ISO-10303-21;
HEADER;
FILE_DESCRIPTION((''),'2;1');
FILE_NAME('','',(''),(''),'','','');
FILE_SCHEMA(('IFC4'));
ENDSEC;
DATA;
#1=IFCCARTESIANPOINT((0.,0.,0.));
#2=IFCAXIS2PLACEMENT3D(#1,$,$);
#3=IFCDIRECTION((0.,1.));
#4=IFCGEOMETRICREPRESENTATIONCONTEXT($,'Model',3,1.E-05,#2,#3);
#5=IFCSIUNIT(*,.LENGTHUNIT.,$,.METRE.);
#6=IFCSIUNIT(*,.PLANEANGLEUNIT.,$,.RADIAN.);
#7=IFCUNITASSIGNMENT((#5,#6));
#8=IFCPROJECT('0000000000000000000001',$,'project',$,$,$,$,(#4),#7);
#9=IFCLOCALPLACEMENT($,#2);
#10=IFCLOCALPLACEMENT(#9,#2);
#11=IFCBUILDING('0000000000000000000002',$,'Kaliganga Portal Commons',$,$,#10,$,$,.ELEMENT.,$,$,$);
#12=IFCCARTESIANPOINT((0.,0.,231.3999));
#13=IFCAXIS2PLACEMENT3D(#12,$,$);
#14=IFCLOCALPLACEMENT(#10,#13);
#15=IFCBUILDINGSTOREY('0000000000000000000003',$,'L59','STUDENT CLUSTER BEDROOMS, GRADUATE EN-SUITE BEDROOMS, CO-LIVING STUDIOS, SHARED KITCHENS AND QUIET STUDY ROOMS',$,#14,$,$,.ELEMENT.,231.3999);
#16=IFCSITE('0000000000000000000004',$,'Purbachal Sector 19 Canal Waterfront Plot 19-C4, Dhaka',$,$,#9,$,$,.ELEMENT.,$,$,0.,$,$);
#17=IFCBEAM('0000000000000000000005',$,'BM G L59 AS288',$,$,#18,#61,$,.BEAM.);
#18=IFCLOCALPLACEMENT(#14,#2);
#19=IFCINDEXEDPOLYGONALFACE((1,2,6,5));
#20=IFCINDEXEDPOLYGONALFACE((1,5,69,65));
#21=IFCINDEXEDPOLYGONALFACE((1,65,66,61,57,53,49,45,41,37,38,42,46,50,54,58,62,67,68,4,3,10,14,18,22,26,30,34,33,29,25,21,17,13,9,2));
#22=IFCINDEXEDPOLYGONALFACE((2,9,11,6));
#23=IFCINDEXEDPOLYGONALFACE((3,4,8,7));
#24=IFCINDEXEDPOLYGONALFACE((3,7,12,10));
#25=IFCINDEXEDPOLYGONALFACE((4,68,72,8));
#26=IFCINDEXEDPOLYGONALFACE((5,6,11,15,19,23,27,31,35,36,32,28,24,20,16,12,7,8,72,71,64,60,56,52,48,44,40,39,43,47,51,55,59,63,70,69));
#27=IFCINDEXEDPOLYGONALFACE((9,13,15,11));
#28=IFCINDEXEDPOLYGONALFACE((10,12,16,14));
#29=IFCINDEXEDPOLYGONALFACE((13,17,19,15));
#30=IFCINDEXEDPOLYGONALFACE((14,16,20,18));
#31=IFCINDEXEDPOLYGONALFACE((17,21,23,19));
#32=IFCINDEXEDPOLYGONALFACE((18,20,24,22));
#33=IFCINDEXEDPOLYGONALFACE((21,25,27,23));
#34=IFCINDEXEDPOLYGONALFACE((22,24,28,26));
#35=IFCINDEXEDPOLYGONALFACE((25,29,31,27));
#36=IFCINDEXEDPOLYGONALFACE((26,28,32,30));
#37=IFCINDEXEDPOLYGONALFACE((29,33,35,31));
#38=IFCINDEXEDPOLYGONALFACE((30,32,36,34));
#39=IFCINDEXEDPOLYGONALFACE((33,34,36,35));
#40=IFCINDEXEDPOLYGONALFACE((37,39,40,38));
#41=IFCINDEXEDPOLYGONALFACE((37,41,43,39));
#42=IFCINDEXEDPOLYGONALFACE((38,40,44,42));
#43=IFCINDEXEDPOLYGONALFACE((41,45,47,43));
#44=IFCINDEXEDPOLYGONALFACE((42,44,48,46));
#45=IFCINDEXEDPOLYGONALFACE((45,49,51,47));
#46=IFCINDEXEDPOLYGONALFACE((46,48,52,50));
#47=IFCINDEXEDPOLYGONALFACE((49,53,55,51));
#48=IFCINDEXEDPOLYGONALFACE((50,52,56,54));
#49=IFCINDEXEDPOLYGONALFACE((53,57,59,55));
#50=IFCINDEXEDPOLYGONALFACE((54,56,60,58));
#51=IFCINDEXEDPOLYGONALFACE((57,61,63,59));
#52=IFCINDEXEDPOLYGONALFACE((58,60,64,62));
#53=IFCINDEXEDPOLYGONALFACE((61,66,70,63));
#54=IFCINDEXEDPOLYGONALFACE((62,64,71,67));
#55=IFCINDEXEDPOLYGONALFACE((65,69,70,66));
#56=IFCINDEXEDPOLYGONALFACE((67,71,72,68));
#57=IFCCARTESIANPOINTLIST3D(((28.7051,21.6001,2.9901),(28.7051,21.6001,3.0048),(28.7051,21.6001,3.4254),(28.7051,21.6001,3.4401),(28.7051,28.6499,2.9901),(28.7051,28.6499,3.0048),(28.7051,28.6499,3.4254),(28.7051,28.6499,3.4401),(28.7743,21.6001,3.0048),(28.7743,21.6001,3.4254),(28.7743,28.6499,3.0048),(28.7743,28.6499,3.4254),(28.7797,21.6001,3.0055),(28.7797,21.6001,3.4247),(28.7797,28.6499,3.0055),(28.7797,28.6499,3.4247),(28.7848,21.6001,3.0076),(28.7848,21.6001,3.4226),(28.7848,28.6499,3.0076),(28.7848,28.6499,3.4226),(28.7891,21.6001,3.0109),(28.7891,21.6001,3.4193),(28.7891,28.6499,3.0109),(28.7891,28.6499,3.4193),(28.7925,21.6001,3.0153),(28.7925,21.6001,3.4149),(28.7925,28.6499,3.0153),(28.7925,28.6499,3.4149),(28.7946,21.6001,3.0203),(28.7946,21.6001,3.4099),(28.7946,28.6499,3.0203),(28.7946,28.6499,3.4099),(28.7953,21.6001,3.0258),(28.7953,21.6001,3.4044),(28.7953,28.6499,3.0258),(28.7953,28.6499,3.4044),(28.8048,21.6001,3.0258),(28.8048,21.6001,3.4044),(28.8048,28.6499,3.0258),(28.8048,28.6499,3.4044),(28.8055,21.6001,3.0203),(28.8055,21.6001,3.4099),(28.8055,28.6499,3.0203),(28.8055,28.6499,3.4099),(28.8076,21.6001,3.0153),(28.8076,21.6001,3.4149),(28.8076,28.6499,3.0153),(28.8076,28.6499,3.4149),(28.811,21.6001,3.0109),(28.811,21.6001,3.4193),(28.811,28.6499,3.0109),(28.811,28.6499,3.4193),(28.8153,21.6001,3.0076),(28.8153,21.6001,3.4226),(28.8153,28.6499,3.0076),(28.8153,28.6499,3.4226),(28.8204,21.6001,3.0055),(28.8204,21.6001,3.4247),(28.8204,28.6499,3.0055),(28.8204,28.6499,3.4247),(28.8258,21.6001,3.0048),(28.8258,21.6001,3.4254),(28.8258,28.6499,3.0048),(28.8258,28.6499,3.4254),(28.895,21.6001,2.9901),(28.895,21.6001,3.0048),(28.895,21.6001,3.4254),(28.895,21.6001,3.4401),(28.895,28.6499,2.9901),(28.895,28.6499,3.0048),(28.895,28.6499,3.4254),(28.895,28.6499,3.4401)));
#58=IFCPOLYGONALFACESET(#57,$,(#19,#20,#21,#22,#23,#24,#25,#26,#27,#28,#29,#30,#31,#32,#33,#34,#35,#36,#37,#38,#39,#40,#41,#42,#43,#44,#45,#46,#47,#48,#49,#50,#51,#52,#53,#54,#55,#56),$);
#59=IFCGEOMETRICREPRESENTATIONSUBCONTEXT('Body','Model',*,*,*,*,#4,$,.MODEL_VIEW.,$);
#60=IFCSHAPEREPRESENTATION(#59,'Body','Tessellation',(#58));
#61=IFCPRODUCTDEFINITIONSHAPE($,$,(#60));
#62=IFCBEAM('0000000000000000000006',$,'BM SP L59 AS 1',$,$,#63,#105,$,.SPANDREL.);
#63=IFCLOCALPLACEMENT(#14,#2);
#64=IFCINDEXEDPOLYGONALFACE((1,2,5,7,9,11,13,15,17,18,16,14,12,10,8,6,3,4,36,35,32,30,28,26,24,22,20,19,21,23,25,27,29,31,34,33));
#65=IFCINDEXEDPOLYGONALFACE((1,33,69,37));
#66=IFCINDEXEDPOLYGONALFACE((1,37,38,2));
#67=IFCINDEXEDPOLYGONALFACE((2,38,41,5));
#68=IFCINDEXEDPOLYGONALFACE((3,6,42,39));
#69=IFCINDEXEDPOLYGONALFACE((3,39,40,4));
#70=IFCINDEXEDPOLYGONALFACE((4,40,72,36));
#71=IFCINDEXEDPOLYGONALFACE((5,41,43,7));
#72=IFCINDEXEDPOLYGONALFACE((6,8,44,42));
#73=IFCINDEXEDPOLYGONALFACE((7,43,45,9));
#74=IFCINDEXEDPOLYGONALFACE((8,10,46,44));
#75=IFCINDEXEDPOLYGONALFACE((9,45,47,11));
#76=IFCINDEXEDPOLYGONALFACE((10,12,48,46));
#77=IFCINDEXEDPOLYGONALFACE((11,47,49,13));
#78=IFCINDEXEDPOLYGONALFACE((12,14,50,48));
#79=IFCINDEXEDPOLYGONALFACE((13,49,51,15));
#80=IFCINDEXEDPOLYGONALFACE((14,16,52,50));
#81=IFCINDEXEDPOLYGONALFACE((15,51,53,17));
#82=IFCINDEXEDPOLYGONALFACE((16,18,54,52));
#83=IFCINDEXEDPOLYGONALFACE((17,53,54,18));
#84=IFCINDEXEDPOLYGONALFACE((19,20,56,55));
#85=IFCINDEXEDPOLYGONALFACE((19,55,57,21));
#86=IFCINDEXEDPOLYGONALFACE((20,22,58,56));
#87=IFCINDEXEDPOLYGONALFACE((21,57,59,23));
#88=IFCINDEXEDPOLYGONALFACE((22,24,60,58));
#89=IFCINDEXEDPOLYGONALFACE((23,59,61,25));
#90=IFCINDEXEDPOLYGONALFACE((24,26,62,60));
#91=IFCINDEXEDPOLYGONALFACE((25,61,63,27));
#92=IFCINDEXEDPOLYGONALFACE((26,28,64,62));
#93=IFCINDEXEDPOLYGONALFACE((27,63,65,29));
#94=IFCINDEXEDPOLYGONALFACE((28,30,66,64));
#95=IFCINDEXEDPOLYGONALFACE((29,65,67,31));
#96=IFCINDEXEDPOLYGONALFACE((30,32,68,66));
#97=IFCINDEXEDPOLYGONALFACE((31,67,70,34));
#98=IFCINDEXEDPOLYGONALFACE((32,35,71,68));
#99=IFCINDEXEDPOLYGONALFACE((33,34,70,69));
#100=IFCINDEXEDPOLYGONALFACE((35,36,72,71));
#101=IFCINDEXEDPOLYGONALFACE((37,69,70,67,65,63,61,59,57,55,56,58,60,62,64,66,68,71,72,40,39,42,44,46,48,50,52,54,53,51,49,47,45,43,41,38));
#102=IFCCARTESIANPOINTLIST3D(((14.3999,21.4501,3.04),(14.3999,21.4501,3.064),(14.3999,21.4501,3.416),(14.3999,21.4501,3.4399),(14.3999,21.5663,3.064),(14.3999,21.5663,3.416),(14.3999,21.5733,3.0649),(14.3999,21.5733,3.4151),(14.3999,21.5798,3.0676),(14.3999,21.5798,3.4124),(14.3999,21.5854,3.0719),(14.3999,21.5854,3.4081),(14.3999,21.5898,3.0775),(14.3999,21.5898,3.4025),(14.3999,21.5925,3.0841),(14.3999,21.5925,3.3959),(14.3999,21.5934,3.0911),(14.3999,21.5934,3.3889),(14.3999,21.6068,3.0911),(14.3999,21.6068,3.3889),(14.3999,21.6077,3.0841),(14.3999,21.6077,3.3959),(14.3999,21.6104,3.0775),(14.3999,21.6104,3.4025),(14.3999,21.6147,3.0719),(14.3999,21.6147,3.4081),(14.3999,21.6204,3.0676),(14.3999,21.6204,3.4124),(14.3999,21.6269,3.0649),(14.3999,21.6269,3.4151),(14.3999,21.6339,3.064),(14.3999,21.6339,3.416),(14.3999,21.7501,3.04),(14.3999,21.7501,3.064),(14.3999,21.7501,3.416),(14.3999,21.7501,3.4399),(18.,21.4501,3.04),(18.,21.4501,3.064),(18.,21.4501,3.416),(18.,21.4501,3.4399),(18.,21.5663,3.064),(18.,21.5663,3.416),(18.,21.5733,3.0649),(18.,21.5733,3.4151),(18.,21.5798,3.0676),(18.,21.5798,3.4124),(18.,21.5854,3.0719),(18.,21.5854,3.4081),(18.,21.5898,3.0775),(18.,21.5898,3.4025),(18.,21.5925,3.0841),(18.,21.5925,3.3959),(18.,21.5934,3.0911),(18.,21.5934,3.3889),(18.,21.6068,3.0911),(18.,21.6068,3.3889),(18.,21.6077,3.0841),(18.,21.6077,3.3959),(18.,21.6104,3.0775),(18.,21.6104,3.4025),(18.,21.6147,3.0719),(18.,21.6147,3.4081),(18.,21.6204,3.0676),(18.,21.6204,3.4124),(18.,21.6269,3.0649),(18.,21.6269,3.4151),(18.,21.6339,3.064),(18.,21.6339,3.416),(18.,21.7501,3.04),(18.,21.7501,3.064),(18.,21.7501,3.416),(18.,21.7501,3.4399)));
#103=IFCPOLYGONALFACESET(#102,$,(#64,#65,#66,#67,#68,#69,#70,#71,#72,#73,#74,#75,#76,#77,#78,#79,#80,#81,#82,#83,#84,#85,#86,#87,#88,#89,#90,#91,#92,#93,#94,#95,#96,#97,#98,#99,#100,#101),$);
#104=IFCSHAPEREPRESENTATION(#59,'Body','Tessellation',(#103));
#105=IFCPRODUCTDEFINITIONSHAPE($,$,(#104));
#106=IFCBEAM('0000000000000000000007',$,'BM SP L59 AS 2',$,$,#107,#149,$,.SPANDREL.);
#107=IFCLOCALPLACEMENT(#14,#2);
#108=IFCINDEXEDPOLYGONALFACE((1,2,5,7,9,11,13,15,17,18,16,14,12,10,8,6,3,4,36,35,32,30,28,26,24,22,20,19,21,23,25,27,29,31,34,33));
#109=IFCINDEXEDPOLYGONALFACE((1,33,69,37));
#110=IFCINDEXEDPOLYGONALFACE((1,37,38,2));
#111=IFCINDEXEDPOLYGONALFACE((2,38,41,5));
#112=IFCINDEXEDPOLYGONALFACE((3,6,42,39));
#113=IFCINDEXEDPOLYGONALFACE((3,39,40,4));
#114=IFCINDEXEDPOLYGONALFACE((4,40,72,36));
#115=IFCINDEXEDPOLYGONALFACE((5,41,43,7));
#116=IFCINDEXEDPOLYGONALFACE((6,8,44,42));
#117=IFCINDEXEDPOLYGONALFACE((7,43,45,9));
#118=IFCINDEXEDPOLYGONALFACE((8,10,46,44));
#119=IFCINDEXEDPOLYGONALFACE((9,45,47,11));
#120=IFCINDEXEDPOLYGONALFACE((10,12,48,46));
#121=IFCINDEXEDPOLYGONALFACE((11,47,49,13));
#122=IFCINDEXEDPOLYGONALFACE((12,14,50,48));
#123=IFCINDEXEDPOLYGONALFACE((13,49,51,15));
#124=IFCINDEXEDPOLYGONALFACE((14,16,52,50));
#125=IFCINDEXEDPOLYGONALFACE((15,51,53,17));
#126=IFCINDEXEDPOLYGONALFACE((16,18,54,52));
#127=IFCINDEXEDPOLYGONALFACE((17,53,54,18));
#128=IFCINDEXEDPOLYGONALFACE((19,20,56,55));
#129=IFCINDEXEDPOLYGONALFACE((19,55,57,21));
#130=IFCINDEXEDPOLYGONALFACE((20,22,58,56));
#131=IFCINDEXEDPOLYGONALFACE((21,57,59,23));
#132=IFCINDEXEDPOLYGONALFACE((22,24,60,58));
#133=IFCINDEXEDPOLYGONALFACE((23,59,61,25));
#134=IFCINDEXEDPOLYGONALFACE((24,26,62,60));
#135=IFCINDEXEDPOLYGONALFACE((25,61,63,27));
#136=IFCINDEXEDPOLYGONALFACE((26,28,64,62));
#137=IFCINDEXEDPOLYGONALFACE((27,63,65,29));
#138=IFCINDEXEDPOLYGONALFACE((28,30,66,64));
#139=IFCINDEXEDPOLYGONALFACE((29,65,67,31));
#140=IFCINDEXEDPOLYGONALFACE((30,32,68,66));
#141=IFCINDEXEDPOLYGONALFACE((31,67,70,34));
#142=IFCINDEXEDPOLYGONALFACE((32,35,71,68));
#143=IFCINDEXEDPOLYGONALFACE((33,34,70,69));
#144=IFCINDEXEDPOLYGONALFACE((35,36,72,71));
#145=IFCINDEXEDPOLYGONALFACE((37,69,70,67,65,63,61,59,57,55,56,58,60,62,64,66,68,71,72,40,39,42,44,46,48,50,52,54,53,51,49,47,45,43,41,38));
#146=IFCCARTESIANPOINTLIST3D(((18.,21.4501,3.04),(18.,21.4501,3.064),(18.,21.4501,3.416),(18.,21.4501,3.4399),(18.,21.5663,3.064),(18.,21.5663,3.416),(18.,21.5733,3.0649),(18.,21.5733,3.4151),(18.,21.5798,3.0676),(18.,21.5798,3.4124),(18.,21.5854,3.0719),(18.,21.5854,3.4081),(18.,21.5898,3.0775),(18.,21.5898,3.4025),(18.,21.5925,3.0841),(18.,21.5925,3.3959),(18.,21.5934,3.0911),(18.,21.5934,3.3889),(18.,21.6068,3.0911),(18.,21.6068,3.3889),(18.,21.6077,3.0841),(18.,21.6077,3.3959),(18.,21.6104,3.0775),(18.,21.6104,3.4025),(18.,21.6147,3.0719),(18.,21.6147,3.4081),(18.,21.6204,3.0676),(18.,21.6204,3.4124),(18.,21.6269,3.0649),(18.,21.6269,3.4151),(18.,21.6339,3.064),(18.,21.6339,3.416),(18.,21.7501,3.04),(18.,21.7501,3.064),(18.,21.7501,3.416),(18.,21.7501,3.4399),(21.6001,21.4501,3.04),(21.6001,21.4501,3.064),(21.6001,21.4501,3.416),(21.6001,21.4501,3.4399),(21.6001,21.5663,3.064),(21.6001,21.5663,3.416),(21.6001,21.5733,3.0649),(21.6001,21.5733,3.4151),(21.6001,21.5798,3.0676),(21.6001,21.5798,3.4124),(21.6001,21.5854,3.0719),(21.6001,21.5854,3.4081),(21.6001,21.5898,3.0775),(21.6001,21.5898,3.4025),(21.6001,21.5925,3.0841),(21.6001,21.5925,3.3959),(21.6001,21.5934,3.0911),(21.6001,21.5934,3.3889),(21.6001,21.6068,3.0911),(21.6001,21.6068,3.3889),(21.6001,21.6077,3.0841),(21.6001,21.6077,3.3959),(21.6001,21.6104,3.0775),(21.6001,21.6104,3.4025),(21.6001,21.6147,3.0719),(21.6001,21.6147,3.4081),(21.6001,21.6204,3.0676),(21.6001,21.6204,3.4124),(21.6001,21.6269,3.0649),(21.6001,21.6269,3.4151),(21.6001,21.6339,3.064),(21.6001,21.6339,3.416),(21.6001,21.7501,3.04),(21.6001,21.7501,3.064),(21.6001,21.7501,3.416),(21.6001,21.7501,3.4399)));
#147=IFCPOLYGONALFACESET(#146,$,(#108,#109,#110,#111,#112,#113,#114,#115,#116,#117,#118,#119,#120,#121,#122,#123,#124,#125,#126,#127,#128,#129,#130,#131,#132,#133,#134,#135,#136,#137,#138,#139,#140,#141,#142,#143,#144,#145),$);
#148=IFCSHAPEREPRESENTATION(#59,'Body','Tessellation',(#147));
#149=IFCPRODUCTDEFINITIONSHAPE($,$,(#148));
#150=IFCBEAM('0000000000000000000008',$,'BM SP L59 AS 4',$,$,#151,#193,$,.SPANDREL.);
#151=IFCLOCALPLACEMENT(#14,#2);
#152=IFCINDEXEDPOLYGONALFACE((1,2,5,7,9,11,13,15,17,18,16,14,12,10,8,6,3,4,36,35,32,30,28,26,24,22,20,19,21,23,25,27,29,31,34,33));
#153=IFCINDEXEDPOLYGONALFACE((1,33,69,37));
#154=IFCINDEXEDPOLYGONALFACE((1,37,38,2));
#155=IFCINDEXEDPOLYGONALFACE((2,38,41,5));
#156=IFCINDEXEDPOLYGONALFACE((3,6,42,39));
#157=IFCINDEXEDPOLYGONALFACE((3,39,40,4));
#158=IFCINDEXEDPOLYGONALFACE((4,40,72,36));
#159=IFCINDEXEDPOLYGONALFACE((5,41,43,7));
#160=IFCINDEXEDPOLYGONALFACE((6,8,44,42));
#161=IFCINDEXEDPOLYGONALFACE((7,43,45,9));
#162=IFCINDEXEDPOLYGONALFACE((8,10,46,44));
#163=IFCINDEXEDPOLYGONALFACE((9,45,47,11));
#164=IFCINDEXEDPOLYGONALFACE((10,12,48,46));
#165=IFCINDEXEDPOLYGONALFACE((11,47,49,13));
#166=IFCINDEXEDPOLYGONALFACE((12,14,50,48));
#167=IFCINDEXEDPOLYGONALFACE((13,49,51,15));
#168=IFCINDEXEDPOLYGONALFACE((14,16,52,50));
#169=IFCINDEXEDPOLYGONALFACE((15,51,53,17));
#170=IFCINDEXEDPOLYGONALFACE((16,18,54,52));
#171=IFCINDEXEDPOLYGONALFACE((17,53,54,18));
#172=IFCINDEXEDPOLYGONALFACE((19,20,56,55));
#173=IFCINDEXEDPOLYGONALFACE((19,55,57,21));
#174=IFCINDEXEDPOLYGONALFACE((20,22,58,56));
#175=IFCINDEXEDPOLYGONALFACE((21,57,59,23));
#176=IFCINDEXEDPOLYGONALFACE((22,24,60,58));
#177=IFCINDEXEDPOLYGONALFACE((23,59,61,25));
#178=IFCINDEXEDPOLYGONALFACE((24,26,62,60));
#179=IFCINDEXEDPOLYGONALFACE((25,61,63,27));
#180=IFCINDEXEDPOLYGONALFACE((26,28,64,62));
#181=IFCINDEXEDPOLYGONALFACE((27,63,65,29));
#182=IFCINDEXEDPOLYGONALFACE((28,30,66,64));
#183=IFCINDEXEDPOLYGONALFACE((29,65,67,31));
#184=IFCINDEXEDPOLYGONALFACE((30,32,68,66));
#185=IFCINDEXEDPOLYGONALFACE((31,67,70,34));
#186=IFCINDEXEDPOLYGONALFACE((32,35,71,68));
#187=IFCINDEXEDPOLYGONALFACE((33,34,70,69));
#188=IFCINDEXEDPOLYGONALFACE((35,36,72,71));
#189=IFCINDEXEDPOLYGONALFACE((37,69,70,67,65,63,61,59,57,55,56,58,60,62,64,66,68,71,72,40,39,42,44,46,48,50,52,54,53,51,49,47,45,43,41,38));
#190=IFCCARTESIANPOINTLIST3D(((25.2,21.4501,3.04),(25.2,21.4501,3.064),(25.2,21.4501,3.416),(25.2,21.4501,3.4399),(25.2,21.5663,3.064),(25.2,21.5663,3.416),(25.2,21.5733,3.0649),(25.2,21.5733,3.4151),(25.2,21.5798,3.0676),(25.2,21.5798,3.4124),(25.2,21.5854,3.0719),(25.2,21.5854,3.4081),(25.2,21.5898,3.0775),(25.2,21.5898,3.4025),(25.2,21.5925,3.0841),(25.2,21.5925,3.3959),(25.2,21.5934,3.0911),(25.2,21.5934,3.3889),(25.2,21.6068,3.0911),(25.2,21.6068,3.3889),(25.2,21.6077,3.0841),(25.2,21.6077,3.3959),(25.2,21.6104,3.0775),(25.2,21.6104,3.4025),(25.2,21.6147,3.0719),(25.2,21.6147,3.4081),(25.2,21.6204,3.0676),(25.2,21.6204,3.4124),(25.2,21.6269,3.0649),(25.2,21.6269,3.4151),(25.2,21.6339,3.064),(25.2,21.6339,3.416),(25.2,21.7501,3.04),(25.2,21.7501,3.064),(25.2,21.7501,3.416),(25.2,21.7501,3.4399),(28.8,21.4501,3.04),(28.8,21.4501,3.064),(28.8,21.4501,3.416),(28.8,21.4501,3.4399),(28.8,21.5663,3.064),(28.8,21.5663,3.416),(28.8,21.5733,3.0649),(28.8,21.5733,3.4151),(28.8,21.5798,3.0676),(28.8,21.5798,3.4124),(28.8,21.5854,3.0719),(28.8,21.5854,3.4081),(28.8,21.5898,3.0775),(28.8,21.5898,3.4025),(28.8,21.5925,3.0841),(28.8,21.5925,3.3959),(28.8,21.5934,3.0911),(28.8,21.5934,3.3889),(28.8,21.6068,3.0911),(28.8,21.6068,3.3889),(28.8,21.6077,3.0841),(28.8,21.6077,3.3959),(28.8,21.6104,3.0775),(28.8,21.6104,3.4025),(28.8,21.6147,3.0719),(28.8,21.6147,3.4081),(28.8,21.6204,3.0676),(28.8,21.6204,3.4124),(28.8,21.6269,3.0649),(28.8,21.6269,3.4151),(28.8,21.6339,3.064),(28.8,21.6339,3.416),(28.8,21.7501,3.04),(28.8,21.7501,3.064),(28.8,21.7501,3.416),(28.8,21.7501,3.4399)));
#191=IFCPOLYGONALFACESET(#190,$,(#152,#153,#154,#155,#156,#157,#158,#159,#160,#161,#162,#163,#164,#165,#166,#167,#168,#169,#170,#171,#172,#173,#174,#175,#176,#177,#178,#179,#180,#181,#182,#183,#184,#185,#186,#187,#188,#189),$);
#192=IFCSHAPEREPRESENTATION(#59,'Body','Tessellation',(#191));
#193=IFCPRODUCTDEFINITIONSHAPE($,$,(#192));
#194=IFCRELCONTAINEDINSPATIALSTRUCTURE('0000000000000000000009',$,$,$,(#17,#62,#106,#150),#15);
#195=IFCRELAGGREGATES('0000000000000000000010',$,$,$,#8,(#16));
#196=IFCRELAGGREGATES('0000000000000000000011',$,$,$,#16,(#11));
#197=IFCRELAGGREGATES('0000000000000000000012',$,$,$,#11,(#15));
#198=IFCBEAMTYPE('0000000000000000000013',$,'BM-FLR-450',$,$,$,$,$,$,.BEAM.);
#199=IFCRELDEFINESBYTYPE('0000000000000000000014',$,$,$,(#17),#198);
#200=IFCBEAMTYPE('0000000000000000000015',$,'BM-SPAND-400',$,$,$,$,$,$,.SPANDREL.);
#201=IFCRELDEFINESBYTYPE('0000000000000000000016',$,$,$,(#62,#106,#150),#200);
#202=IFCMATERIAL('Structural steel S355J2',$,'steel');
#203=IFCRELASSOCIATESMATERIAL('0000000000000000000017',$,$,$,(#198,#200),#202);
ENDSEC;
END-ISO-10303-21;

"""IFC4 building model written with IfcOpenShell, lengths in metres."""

from ifc_helpers import new_model, si_unit, direction, frame, origin, origin_2d, place, context, subcontext, project, spatial, i_section, extrude, source, transform, mapped, material, material_profile, profile_set, type_object, element, save


model = new_model("IFC4")

# Units and contexts
model_context = context("Model", 3, precision=1e-05, world=origin(), true_north=direction((0.0, 1.0)))
body_context = subcontext(model_context, "Body", "Model", "MODEL_VIEW")
ifc_project = project(units=[si_unit("LENGTHUNIT", "METRE"), si_unit("PLANEANGLEUNIT", "RADIAN")], contexts=[model_context])

# Site, building, storey
site_placement = place(None, origin())
site = spatial("IfcSite", under=ifc_project, at=site_placement, Name="Purbachal Sector 19 Canal Waterfront Plot 19-C4, Dhaka", CompositionType="ELEMENT", RefElevation=0.0)
building_placement = place(site_placement, origin())
building = spatial("IfcBuilding", under=site, at=building_placement, Name="Kaliganga Portal Commons", CompositionType="ELEMENT")
storey_placement = place(building_placement, frame((0.0, 0.0, 231.3999)))
storey = spatial("IfcBuildingStorey", under=building, at=storey_placement, Name="L59", Description="STUDENT CLUSTER BEDROOMS, GRADUATE EN-SUITE BEDROOMS, CO-LIVING STUDIOS, SHARED KITCHENS AND QUIET STUDY ROOMS", CompositionType="ELEMENT", Elevation=231.3999)

# Shared definitions
ifc_material_1 = material(Name="Structural steel S355J2", Category="steel")

# Beams
ifc_material_profile_1 = material_profile(ifc_material_1, i_section(OverallWidth=0.1899, OverallDepth=0.45, WebThickness=0.0095, FlangeThickness=0.0146, FilletRadius=0.021, at=origin_2d()), Name="IPE 450")
ifc_profile_set_1 = profile_set([ifc_material_profile_1], Name="Structural steel S355J2 wide-flange")
beam_type_1 = type_object("IfcBeamType", Name="BM-FLR-450", PredefinedType="BEAM", material=ifc_profile_set_1)
shared_shape_1 = source(origin(), body_context, "Body", "SweptSolid", [
    extrude(i_section(OverallWidth=0.1899, OverallDepth=0.45, WebThickness=0.0095, FlangeThickness=0.0146, FilletRadius=0.021, at=origin_2d()), origin(), (0.0, 0.0, 1.0), 7.0498),
])
for number, where, z_axis, x_axis, name in (
    (1, (28.8, 21.6001, 3.2151), (0.0, 1.0, 0.0), (-1.0, 0.0, 0.0), "BM G L59 AS288"),
):
    element("IfcBeam", number, at=place(storey_placement, frame(where, z_axis=z_axis, x_axis=x_axis)), inside=storey, type_object=beam_type_1, Name=name, PredefinedType="BEAM", context=body_context, shape_type="MappedRepresentation", body=[
        mapped(shared_shape_1, transform((0.0, 0.0, 0.0), x_axis=(1.0, 0.0, 0.0), y_axis=(0.0, 1.0, 0.0), z_axis=(0.0, 0.0, 1.0), scale=1.0)),
    ])
ifc_material_profile_2 = material_profile(ifc_material_1, i_section(OverallWidth=0.3, OverallDepth=0.3999, WebThickness=0.0134, FlangeThickness=0.0239, FilletRadius=0.0271, at=origin_2d()), Name="HE 400 B")
ifc_profile_set_2 = profile_set([ifc_material_profile_2], Name="Structural steel S355J2 wide-flange")
beam_type_2 = type_object("IfcBeamType", Name="BM-SPAND-400", PredefinedType="SPANDREL", material=ifc_profile_set_2)
shared_shape_2 = source(origin(), body_context, "Body", "SweptSolid", [
    extrude(i_section(OverallWidth=0.3, OverallDepth=0.3999, WebThickness=0.0134, FlangeThickness=0.0239, FilletRadius=0.0271, at=origin_2d()), origin(), (0.0, 0.0, 1.0), 3.6001),
])
for number, where, z_axis, x_axis, name in (
    (2, (14.3999, 21.6001, 3.24), (1.0, 0.0, 0.0), (0.0, 1.0, 0.0), "BM SP L59 AS 1"),
    (3, (18.0, 21.6001, 3.24), (1.0, 0.0, 0.0), (0.0, 1.0, 0.0), "BM SP L59 AS 2"),
    (4, (25.2, 21.6001, 3.24), (1.0, 0.0, 0.0), (0.0, 1.0, 0.0), "BM SP L59 AS 4"),
):
    element("IfcBeam", number, at=place(storey_placement, frame(where, z_axis=z_axis, x_axis=x_axis)), inside=storey, type_object=beam_type_2, Name=name, PredefinedType="SPANDREL", context=body_context, shape_type="MappedRepresentation", body=[
        mapped(shared_shape_2, transform((0.0, 0.0, 0.0), x_axis=(1.0, 0.0, 0.0), y_axis=(0.0, 1.0, 0.0), z_axis=(0.0, 0.0, 1.0), scale=1.0)),
    ])

save(model, "model.ifc")
